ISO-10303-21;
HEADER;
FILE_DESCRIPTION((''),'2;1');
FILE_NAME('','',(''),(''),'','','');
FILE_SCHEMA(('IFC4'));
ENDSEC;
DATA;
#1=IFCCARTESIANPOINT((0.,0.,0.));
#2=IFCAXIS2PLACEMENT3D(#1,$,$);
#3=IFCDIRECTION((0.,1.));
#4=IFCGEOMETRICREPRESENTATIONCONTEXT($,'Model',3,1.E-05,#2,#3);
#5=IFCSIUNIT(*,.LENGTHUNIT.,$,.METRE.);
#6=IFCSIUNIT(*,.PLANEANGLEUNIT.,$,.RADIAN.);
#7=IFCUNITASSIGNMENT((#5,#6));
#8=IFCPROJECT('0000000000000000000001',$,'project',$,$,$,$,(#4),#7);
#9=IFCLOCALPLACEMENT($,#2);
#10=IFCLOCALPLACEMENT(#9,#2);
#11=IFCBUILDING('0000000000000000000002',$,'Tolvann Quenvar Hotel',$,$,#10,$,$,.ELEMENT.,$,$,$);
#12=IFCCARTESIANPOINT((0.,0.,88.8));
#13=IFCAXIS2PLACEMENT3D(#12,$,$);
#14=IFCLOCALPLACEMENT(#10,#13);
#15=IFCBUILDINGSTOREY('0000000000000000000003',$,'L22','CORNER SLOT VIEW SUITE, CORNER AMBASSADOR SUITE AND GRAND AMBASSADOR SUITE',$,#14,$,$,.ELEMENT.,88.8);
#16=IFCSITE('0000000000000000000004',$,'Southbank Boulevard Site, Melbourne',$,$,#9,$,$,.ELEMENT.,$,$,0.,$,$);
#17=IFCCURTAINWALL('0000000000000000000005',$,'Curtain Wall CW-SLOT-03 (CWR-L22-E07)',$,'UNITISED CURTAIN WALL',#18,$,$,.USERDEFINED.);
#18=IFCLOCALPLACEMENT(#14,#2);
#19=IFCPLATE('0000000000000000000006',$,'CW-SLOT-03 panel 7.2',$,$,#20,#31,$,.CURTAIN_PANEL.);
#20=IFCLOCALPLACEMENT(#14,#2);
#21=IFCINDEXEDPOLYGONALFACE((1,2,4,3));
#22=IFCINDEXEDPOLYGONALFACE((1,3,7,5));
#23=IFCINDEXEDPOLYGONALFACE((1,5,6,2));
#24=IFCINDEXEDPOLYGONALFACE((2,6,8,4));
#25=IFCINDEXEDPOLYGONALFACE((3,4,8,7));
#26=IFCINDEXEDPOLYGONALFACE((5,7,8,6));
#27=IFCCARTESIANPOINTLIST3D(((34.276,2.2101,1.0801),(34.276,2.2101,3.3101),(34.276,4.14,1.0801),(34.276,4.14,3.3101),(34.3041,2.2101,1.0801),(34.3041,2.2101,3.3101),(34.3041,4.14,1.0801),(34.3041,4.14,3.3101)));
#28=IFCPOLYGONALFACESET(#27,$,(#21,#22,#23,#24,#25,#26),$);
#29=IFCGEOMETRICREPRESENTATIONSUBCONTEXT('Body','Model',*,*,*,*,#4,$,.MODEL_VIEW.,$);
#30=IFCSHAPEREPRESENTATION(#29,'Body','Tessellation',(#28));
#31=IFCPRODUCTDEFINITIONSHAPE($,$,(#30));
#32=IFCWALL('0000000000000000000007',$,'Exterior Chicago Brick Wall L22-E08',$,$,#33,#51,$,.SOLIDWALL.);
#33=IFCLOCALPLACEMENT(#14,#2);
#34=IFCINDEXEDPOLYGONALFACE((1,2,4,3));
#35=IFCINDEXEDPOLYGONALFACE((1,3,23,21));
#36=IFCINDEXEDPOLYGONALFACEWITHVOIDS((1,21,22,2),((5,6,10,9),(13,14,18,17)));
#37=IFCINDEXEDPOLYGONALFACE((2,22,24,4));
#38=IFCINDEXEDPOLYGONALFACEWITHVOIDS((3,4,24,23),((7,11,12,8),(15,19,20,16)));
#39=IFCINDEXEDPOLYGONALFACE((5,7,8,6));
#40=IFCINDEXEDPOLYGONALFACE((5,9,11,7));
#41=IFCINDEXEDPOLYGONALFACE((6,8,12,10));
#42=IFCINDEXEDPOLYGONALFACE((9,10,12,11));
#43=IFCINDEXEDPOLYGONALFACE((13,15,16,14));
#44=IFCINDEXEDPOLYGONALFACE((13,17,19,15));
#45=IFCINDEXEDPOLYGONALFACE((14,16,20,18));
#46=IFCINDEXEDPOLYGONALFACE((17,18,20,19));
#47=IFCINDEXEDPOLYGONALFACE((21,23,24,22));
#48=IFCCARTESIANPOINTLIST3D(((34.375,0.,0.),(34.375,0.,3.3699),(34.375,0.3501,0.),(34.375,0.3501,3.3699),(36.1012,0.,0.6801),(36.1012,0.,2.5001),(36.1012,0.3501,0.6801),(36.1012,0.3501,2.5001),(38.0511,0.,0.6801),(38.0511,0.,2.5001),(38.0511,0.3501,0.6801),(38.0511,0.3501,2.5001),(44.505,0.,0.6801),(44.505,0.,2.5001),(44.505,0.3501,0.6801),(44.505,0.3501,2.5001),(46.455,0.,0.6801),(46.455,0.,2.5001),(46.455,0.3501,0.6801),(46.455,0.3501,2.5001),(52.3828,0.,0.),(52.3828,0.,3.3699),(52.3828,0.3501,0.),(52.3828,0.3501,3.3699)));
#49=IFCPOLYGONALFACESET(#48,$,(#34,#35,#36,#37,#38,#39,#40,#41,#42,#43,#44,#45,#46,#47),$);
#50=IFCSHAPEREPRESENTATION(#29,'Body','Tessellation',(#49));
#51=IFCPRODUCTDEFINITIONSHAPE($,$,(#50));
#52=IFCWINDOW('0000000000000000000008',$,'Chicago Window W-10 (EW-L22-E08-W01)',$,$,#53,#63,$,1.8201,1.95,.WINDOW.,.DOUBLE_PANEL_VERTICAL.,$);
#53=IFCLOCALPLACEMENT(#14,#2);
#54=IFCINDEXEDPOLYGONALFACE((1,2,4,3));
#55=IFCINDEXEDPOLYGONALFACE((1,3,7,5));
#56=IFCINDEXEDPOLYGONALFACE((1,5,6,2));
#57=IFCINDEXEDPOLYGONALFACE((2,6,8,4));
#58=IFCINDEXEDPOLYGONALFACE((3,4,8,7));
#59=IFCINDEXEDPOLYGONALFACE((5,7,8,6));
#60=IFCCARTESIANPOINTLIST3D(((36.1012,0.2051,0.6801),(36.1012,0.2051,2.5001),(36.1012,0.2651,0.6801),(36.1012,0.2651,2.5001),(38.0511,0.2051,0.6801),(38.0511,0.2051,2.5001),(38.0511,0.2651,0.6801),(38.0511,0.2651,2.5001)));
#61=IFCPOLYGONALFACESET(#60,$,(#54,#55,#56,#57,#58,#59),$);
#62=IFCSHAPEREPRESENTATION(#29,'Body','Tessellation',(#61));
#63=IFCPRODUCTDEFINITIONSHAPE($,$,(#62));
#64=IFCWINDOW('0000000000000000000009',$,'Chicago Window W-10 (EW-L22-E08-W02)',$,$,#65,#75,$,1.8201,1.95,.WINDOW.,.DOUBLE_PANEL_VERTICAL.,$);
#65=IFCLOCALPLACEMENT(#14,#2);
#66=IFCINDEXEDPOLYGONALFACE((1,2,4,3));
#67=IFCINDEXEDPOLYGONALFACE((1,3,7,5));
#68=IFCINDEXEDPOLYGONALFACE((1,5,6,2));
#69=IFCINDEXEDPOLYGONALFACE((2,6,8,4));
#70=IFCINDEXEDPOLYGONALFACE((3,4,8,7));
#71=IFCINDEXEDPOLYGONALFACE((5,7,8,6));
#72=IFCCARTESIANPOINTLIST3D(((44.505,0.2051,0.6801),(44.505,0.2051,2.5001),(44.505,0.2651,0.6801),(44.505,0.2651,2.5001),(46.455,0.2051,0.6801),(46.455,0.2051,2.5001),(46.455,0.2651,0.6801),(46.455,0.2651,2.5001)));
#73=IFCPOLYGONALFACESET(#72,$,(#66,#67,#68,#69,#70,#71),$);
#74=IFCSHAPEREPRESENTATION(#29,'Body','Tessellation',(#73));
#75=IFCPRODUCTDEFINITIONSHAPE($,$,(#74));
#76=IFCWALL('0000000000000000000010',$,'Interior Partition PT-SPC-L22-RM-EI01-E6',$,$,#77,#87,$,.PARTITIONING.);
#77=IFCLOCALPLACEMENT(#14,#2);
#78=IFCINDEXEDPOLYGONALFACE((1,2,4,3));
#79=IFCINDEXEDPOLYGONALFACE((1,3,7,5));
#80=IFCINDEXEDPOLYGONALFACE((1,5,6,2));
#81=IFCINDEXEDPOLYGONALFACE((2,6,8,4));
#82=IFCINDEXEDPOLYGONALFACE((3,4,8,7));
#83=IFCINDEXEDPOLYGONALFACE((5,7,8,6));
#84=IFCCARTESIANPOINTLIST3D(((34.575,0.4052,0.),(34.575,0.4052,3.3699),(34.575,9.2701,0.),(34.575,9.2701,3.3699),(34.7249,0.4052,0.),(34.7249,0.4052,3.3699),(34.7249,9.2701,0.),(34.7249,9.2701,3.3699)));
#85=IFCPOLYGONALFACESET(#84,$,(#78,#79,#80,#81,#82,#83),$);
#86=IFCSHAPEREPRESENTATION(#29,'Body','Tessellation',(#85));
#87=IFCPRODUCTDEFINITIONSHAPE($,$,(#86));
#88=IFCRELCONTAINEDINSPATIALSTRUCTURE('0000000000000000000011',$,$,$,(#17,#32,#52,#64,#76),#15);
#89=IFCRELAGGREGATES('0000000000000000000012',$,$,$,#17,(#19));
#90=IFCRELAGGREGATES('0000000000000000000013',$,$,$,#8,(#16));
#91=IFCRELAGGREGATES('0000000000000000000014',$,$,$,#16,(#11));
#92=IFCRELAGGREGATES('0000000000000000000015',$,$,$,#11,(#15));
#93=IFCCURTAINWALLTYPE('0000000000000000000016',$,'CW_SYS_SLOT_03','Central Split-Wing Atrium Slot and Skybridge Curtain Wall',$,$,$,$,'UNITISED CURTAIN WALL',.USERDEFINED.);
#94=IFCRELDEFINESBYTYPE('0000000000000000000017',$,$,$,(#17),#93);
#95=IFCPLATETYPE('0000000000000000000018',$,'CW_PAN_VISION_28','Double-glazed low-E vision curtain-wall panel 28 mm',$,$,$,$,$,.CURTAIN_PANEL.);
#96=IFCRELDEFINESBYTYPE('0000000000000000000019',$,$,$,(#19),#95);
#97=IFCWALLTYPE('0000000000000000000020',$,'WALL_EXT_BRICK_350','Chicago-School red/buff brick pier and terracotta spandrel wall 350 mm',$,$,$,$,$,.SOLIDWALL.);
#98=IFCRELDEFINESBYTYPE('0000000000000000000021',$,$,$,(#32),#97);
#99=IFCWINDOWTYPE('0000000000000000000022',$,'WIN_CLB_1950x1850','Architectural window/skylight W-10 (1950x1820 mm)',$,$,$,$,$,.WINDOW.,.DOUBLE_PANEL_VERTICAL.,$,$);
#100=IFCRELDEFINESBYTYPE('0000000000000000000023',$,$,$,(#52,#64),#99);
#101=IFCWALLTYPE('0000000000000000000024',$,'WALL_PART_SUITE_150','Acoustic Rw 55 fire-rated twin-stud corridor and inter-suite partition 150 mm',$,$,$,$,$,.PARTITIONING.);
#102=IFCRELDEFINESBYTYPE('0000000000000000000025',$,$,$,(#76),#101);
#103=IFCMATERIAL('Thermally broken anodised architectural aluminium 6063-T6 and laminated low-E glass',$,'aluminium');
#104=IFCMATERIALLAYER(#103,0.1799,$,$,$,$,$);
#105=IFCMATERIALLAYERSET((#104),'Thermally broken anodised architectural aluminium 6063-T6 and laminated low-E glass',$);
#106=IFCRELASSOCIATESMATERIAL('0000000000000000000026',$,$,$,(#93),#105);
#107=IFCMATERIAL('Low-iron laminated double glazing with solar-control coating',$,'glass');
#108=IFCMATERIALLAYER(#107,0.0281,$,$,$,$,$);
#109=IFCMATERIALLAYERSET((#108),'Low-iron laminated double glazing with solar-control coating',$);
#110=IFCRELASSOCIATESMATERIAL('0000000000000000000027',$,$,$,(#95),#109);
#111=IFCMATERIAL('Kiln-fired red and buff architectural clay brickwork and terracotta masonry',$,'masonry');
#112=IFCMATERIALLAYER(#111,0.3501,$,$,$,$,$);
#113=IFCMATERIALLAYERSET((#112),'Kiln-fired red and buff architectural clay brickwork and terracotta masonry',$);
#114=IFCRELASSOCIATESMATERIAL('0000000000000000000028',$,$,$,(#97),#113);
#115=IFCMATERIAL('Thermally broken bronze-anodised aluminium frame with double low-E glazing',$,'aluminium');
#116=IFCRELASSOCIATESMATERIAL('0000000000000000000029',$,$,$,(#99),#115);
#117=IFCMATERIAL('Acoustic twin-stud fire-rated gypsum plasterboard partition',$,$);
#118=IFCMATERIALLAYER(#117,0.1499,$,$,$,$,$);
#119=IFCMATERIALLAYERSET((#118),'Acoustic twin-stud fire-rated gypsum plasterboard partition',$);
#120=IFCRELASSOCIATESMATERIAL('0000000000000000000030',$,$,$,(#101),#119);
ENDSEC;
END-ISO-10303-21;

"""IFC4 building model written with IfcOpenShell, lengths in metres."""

from ifc_helpers import new_model, si_unit, direction, frame, frame_2d, origin, origin_2d, place, context, subcontext, project, spatial, rectangle, extrude, source, transform, mapped, material, layer, layer_set, type_object, type_shapes, element, fill, aggregate, save


model = new_model("IFC4")

# Units and contexts
model_context = context("Model", 3, precision=1e-05, world=origin(), true_north=direction((0.0, 1.0)))
body_context = subcontext(model_context, "Body", "Model", "MODEL_VIEW")
ifc_project = project(units=[si_unit("LENGTHUNIT", "METRE"), si_unit("PLANEANGLEUNIT", "RADIAN")], contexts=[model_context])

# Site, building, storey
site_placement = place(None, origin())
site = spatial("IfcSite", under=ifc_project, at=site_placement, Name="Southbank Boulevard Site, Melbourne", CompositionType="ELEMENT", RefElevation=0.0)
building_placement = place(site_placement, origin())
building = spatial("IfcBuilding", under=site, at=building_placement, Name="Tolvann Quenvar Hotel", CompositionType="ELEMENT")
storey_placement = place(building_placement, frame((0.0, 0.0, 88.8)))
storey = spatial("IfcBuildingStorey", under=building, at=storey_placement, Name="L22", Description="CORNER SLOT VIEW SUITE, CORNER AMBASSADOR SUITE AND GRAND AMBASSADOR SUITE", CompositionType="ELEMENT", Elevation=88.8)

# Curtain wall, plate
ifc_material_1 = material(Name="Thermally broken anodised architectural aluminium 6063-T6 and laminated low-E glass", Category="aluminium")
ifc_layer_1 = layer(ifc_material_1, 0.1799)
ifc_layer_set_1 = layer_set([ifc_layer_1], Name="Thermally broken anodised architectural aluminium 6063-T6 and laminated low-E glass")
curtain_wall_type = type_object("IfcCurtainWallType", Name="CW_SYS_SLOT_03", Description="Central Split-Wing Atrium Slot and Skybridge Curtain Wall", ElementType="UNITISED CURTAIN WALL", PredefinedType="USERDEFINED", material=ifc_layer_set_1)
curtain_wall_placement = place(storey_placement, origin())
curtain_wall = element("IfcCurtainWall", 1, at=curtain_wall_placement, inside=storey, type_object=curtain_wall_type, Name="Curtain Wall CW-SLOT-03 (CWR-L22-E07)", ObjectType="UNITISED CURTAIN WALL", PredefinedType="USERDEFINED")
ifc_material_2 = material(Name="Low-iron laminated double glazing with solar-control coating", Category="glass")
ifc_layer_2 = layer(ifc_material_2, 0.0281)
ifc_layer_set_2 = layer_set([ifc_layer_2], Name="Low-iron laminated double glazing with solar-control coating")
plate_type = type_object("IfcPlateType", Name="CW_PAN_VISION_28", Description="Double-glazed low-E vision curtain-wall panel 28 mm", PredefinedType="CURTAIN_PANEL", material=ifc_layer_set_2)
shared_shape_1 = source(origin(), body_context, "Body", "SweptSolid", [
    extrude(rectangle(XDim=1.9299, YDim=0.0281, at=origin_2d()), origin(), (0.0, 0.0, 1.0), 2.23),
])
plate_1_placement = place(storey_placement, frame((34.29, 3.175, 1.0801), z_axis=(0.0, 0.0, 1.0), x_axis=(0.0, -1.0, 0.0)))
plate_1 = element("IfcPlate", 2, at=plate_1_placement, type_object=plate_type, Name="CW-SLOT-03 panel 7.2", PredefinedType="CURTAIN_PANEL", context=body_context, shape_type="MappedRepresentation", body=[
    mapped(shared_shape_1, transform((0.0, 0.0, 0.0), x_axis=(1.0, 0.0, 0.0), y_axis=(0.0, 1.0, 0.0), z_axis=(0.0, 0.0, 1.0), scale=1.0)),
])
aggregate(curtain_wall, [plate_1])

# Wall, openings, windows
ifc_material_3 = material(Name="Kiln-fired red and buff architectural clay brickwork and terracotta masonry", Category="masonry")
ifc_layer_3 = layer(ifc_material_3, 0.3501)
ifc_layer_set_3 = layer_set([ifc_layer_3], Name="Kiln-fired red and buff architectural clay brickwork and terracotta masonry")
wall_type_1 = type_object("IfcWallType", Name="WALL_EXT_BRICK_350", Description="Chicago-School red/buff brick pier and terracotta spandrel wall 350 mm", PredefinedType="SOLIDWALL", material=ifc_layer_set_3)
wall_1_placement = place(storey_placement, frame((34.375, 0.175, 0.0), z_axis=(0.0, 0.0, 1.0), x_axis=(1.0, 0.0, 0.0)))
wall_1 = element("IfcWall", 3, at=wall_1_placement, inside=storey, type_object=wall_type_1, Name="Exterior Chicago Brick Wall L22-E08", PredefinedType="SOLIDWALL", context=body_context, shape_type="SweptSolid", body=[
    extrude(rectangle(XDim=18.0078, YDim=0.3501, at=frame_2d((9.0039, 0.0))), origin(), (0.0, 0.0, 1.0), 3.3699),
])
opening_1_placement = place(wall_1_placement, frame((1.7261, 0.0, 0.6799)))
opening_1 = element("IfcOpeningElement", 4, at=opening_1_placement, cuts=wall_1, PredefinedType="OPENING", context=body_context, shape_type="SweptSolid", body=[
    extrude(rectangle(XDim=1.95, YDim=1.8201, at=frame_2d((0.9751, 0.9102))), frame((0.0, 0.1851, 0.0), z_axis=(0.0, -1.0, 0.0), x_axis=(1.0, 0.0, 0.0)), (0.0, 0.0, 1.0), 0.3701),
])
opening_2_placement = place(wall_1_placement, frame((10.1299, 0.0, 0.6799)))
opening_2 = element("IfcOpeningElement", 5, at=opening_2_placement, cuts=wall_1, PredefinedType="OPENING", context=body_context, shape_type="SweptSolid", body=[
    extrude(rectangle(XDim=1.95, YDim=1.8201, at=frame_2d((0.9751, 0.9102))), frame((0.0, 0.1851, 0.0), z_axis=(0.0, -1.0, 0.0), x_axis=(1.0, 0.0, 0.0)), (0.0, 0.0, 1.0), 0.3701),
])
ifc_material_4 = material(Name="Thermally broken bronze-anodised aluminium frame with double low-E glazing", Category="aluminium")
window_type = type_object("IfcWindowType", Name="WIN_CLB_1950x1850", Description="Architectural window/skylight W-10 (1950x1820 mm)", PartitioningType="DOUBLE_PANEL_VERTICAL", PredefinedType="WINDOW", material=ifc_material_4)
shared_shape_2 = source(origin(), body_context, "Body", "SweptSolid", [
    extrude(rectangle(XDim=1.95, YDim=1.8201, at=frame_2d((0.9751, 0.9102))), frame((0.0, 0.0901, 0.0), z_axis=(0.0, -1.0, 0.0), x_axis=(1.0, 0.0, 0.0)), (0.0, 0.0, 1.0), 0.0601),
])
type_shapes(window_type, [shared_shape_2])
window_1_placement = place(opening_1_placement, origin())
window_1 = element("IfcWindow", 6, at=window_1_placement, inside=storey, type_object=window_type, Name="Chicago Window W-10 (EW-L22-E08-W01)", OverallHeight=1.8201, OverallWidth=1.95, PartitioningType="DOUBLE_PANEL_VERTICAL", PredefinedType="WINDOW", context=body_context, shape_type="MappedRepresentation", body=[
    mapped(shared_shape_2, transform((0.0, 0.0, 0.0), x_axis=(1.0, 0.0, 0.0), y_axis=(0.0, 1.0, 0.0), z_axis=(0.0, 0.0, 1.0), scale=1.0)),
])
fill(opening_1, window_1)
window_2_placement = place(opening_2_placement, origin())
window_2 = element("IfcWindow", 7, at=window_2_placement, inside=storey, type_object=window_type, Name="Chicago Window W-10 (EW-L22-E08-W02)", OverallHeight=1.8201, OverallWidth=1.95, PartitioningType="DOUBLE_PANEL_VERTICAL", PredefinedType="WINDOW", context=body_context, shape_type="MappedRepresentation", body=[
    mapped(shared_shape_2, transform((0.0, 0.0, 0.0), x_axis=(1.0, 0.0, 0.0), y_axis=(0.0, 1.0, 0.0), z_axis=(0.0, 0.0, 1.0), scale=1.0)),
])
fill(opening_2, window_2)

# Wall
ifc_material_5 = material(Name="Acoustic twin-stud fire-rated gypsum plasterboard partition")
ifc_layer_4 = layer(ifc_material_5, 0.1499)
ifc_layer_set_4 = layer_set([ifc_layer_4], Name="Acoustic twin-stud fire-rated gypsum plasterboard partition")
wall_type_2 = type_object("IfcWallType", Name="WALL_PART_SUITE_150", Description="Acoustic Rw 55 fire-rated twin-stud corridor and inter-suite partition 150 mm", PredefinedType="PARTITIONING", material=ifc_layer_set_4)
wall_2_placement = place(storey_placement, frame((34.6499, 0.405, 0.0), z_axis=(0.0, 0.0, 1.0), x_axis=(0.0, 1.0, 0.0)))
element("IfcWall", 8, at=wall_2_placement, inside=storey, type_object=wall_type_2, Name="Interior Partition PT-SPC-L22-RM-EI01-E6", PredefinedType="PARTITIONING", context=body_context, shape_type="SweptSolid", body=[
    extrude(rectangle(XDim=8.865, YDim=0.1499, at=frame_2d((4.4326, 0.0))), origin(), (0.0, 0.0, 1.0), 3.3699),
])

save(model, "model.ifc")
